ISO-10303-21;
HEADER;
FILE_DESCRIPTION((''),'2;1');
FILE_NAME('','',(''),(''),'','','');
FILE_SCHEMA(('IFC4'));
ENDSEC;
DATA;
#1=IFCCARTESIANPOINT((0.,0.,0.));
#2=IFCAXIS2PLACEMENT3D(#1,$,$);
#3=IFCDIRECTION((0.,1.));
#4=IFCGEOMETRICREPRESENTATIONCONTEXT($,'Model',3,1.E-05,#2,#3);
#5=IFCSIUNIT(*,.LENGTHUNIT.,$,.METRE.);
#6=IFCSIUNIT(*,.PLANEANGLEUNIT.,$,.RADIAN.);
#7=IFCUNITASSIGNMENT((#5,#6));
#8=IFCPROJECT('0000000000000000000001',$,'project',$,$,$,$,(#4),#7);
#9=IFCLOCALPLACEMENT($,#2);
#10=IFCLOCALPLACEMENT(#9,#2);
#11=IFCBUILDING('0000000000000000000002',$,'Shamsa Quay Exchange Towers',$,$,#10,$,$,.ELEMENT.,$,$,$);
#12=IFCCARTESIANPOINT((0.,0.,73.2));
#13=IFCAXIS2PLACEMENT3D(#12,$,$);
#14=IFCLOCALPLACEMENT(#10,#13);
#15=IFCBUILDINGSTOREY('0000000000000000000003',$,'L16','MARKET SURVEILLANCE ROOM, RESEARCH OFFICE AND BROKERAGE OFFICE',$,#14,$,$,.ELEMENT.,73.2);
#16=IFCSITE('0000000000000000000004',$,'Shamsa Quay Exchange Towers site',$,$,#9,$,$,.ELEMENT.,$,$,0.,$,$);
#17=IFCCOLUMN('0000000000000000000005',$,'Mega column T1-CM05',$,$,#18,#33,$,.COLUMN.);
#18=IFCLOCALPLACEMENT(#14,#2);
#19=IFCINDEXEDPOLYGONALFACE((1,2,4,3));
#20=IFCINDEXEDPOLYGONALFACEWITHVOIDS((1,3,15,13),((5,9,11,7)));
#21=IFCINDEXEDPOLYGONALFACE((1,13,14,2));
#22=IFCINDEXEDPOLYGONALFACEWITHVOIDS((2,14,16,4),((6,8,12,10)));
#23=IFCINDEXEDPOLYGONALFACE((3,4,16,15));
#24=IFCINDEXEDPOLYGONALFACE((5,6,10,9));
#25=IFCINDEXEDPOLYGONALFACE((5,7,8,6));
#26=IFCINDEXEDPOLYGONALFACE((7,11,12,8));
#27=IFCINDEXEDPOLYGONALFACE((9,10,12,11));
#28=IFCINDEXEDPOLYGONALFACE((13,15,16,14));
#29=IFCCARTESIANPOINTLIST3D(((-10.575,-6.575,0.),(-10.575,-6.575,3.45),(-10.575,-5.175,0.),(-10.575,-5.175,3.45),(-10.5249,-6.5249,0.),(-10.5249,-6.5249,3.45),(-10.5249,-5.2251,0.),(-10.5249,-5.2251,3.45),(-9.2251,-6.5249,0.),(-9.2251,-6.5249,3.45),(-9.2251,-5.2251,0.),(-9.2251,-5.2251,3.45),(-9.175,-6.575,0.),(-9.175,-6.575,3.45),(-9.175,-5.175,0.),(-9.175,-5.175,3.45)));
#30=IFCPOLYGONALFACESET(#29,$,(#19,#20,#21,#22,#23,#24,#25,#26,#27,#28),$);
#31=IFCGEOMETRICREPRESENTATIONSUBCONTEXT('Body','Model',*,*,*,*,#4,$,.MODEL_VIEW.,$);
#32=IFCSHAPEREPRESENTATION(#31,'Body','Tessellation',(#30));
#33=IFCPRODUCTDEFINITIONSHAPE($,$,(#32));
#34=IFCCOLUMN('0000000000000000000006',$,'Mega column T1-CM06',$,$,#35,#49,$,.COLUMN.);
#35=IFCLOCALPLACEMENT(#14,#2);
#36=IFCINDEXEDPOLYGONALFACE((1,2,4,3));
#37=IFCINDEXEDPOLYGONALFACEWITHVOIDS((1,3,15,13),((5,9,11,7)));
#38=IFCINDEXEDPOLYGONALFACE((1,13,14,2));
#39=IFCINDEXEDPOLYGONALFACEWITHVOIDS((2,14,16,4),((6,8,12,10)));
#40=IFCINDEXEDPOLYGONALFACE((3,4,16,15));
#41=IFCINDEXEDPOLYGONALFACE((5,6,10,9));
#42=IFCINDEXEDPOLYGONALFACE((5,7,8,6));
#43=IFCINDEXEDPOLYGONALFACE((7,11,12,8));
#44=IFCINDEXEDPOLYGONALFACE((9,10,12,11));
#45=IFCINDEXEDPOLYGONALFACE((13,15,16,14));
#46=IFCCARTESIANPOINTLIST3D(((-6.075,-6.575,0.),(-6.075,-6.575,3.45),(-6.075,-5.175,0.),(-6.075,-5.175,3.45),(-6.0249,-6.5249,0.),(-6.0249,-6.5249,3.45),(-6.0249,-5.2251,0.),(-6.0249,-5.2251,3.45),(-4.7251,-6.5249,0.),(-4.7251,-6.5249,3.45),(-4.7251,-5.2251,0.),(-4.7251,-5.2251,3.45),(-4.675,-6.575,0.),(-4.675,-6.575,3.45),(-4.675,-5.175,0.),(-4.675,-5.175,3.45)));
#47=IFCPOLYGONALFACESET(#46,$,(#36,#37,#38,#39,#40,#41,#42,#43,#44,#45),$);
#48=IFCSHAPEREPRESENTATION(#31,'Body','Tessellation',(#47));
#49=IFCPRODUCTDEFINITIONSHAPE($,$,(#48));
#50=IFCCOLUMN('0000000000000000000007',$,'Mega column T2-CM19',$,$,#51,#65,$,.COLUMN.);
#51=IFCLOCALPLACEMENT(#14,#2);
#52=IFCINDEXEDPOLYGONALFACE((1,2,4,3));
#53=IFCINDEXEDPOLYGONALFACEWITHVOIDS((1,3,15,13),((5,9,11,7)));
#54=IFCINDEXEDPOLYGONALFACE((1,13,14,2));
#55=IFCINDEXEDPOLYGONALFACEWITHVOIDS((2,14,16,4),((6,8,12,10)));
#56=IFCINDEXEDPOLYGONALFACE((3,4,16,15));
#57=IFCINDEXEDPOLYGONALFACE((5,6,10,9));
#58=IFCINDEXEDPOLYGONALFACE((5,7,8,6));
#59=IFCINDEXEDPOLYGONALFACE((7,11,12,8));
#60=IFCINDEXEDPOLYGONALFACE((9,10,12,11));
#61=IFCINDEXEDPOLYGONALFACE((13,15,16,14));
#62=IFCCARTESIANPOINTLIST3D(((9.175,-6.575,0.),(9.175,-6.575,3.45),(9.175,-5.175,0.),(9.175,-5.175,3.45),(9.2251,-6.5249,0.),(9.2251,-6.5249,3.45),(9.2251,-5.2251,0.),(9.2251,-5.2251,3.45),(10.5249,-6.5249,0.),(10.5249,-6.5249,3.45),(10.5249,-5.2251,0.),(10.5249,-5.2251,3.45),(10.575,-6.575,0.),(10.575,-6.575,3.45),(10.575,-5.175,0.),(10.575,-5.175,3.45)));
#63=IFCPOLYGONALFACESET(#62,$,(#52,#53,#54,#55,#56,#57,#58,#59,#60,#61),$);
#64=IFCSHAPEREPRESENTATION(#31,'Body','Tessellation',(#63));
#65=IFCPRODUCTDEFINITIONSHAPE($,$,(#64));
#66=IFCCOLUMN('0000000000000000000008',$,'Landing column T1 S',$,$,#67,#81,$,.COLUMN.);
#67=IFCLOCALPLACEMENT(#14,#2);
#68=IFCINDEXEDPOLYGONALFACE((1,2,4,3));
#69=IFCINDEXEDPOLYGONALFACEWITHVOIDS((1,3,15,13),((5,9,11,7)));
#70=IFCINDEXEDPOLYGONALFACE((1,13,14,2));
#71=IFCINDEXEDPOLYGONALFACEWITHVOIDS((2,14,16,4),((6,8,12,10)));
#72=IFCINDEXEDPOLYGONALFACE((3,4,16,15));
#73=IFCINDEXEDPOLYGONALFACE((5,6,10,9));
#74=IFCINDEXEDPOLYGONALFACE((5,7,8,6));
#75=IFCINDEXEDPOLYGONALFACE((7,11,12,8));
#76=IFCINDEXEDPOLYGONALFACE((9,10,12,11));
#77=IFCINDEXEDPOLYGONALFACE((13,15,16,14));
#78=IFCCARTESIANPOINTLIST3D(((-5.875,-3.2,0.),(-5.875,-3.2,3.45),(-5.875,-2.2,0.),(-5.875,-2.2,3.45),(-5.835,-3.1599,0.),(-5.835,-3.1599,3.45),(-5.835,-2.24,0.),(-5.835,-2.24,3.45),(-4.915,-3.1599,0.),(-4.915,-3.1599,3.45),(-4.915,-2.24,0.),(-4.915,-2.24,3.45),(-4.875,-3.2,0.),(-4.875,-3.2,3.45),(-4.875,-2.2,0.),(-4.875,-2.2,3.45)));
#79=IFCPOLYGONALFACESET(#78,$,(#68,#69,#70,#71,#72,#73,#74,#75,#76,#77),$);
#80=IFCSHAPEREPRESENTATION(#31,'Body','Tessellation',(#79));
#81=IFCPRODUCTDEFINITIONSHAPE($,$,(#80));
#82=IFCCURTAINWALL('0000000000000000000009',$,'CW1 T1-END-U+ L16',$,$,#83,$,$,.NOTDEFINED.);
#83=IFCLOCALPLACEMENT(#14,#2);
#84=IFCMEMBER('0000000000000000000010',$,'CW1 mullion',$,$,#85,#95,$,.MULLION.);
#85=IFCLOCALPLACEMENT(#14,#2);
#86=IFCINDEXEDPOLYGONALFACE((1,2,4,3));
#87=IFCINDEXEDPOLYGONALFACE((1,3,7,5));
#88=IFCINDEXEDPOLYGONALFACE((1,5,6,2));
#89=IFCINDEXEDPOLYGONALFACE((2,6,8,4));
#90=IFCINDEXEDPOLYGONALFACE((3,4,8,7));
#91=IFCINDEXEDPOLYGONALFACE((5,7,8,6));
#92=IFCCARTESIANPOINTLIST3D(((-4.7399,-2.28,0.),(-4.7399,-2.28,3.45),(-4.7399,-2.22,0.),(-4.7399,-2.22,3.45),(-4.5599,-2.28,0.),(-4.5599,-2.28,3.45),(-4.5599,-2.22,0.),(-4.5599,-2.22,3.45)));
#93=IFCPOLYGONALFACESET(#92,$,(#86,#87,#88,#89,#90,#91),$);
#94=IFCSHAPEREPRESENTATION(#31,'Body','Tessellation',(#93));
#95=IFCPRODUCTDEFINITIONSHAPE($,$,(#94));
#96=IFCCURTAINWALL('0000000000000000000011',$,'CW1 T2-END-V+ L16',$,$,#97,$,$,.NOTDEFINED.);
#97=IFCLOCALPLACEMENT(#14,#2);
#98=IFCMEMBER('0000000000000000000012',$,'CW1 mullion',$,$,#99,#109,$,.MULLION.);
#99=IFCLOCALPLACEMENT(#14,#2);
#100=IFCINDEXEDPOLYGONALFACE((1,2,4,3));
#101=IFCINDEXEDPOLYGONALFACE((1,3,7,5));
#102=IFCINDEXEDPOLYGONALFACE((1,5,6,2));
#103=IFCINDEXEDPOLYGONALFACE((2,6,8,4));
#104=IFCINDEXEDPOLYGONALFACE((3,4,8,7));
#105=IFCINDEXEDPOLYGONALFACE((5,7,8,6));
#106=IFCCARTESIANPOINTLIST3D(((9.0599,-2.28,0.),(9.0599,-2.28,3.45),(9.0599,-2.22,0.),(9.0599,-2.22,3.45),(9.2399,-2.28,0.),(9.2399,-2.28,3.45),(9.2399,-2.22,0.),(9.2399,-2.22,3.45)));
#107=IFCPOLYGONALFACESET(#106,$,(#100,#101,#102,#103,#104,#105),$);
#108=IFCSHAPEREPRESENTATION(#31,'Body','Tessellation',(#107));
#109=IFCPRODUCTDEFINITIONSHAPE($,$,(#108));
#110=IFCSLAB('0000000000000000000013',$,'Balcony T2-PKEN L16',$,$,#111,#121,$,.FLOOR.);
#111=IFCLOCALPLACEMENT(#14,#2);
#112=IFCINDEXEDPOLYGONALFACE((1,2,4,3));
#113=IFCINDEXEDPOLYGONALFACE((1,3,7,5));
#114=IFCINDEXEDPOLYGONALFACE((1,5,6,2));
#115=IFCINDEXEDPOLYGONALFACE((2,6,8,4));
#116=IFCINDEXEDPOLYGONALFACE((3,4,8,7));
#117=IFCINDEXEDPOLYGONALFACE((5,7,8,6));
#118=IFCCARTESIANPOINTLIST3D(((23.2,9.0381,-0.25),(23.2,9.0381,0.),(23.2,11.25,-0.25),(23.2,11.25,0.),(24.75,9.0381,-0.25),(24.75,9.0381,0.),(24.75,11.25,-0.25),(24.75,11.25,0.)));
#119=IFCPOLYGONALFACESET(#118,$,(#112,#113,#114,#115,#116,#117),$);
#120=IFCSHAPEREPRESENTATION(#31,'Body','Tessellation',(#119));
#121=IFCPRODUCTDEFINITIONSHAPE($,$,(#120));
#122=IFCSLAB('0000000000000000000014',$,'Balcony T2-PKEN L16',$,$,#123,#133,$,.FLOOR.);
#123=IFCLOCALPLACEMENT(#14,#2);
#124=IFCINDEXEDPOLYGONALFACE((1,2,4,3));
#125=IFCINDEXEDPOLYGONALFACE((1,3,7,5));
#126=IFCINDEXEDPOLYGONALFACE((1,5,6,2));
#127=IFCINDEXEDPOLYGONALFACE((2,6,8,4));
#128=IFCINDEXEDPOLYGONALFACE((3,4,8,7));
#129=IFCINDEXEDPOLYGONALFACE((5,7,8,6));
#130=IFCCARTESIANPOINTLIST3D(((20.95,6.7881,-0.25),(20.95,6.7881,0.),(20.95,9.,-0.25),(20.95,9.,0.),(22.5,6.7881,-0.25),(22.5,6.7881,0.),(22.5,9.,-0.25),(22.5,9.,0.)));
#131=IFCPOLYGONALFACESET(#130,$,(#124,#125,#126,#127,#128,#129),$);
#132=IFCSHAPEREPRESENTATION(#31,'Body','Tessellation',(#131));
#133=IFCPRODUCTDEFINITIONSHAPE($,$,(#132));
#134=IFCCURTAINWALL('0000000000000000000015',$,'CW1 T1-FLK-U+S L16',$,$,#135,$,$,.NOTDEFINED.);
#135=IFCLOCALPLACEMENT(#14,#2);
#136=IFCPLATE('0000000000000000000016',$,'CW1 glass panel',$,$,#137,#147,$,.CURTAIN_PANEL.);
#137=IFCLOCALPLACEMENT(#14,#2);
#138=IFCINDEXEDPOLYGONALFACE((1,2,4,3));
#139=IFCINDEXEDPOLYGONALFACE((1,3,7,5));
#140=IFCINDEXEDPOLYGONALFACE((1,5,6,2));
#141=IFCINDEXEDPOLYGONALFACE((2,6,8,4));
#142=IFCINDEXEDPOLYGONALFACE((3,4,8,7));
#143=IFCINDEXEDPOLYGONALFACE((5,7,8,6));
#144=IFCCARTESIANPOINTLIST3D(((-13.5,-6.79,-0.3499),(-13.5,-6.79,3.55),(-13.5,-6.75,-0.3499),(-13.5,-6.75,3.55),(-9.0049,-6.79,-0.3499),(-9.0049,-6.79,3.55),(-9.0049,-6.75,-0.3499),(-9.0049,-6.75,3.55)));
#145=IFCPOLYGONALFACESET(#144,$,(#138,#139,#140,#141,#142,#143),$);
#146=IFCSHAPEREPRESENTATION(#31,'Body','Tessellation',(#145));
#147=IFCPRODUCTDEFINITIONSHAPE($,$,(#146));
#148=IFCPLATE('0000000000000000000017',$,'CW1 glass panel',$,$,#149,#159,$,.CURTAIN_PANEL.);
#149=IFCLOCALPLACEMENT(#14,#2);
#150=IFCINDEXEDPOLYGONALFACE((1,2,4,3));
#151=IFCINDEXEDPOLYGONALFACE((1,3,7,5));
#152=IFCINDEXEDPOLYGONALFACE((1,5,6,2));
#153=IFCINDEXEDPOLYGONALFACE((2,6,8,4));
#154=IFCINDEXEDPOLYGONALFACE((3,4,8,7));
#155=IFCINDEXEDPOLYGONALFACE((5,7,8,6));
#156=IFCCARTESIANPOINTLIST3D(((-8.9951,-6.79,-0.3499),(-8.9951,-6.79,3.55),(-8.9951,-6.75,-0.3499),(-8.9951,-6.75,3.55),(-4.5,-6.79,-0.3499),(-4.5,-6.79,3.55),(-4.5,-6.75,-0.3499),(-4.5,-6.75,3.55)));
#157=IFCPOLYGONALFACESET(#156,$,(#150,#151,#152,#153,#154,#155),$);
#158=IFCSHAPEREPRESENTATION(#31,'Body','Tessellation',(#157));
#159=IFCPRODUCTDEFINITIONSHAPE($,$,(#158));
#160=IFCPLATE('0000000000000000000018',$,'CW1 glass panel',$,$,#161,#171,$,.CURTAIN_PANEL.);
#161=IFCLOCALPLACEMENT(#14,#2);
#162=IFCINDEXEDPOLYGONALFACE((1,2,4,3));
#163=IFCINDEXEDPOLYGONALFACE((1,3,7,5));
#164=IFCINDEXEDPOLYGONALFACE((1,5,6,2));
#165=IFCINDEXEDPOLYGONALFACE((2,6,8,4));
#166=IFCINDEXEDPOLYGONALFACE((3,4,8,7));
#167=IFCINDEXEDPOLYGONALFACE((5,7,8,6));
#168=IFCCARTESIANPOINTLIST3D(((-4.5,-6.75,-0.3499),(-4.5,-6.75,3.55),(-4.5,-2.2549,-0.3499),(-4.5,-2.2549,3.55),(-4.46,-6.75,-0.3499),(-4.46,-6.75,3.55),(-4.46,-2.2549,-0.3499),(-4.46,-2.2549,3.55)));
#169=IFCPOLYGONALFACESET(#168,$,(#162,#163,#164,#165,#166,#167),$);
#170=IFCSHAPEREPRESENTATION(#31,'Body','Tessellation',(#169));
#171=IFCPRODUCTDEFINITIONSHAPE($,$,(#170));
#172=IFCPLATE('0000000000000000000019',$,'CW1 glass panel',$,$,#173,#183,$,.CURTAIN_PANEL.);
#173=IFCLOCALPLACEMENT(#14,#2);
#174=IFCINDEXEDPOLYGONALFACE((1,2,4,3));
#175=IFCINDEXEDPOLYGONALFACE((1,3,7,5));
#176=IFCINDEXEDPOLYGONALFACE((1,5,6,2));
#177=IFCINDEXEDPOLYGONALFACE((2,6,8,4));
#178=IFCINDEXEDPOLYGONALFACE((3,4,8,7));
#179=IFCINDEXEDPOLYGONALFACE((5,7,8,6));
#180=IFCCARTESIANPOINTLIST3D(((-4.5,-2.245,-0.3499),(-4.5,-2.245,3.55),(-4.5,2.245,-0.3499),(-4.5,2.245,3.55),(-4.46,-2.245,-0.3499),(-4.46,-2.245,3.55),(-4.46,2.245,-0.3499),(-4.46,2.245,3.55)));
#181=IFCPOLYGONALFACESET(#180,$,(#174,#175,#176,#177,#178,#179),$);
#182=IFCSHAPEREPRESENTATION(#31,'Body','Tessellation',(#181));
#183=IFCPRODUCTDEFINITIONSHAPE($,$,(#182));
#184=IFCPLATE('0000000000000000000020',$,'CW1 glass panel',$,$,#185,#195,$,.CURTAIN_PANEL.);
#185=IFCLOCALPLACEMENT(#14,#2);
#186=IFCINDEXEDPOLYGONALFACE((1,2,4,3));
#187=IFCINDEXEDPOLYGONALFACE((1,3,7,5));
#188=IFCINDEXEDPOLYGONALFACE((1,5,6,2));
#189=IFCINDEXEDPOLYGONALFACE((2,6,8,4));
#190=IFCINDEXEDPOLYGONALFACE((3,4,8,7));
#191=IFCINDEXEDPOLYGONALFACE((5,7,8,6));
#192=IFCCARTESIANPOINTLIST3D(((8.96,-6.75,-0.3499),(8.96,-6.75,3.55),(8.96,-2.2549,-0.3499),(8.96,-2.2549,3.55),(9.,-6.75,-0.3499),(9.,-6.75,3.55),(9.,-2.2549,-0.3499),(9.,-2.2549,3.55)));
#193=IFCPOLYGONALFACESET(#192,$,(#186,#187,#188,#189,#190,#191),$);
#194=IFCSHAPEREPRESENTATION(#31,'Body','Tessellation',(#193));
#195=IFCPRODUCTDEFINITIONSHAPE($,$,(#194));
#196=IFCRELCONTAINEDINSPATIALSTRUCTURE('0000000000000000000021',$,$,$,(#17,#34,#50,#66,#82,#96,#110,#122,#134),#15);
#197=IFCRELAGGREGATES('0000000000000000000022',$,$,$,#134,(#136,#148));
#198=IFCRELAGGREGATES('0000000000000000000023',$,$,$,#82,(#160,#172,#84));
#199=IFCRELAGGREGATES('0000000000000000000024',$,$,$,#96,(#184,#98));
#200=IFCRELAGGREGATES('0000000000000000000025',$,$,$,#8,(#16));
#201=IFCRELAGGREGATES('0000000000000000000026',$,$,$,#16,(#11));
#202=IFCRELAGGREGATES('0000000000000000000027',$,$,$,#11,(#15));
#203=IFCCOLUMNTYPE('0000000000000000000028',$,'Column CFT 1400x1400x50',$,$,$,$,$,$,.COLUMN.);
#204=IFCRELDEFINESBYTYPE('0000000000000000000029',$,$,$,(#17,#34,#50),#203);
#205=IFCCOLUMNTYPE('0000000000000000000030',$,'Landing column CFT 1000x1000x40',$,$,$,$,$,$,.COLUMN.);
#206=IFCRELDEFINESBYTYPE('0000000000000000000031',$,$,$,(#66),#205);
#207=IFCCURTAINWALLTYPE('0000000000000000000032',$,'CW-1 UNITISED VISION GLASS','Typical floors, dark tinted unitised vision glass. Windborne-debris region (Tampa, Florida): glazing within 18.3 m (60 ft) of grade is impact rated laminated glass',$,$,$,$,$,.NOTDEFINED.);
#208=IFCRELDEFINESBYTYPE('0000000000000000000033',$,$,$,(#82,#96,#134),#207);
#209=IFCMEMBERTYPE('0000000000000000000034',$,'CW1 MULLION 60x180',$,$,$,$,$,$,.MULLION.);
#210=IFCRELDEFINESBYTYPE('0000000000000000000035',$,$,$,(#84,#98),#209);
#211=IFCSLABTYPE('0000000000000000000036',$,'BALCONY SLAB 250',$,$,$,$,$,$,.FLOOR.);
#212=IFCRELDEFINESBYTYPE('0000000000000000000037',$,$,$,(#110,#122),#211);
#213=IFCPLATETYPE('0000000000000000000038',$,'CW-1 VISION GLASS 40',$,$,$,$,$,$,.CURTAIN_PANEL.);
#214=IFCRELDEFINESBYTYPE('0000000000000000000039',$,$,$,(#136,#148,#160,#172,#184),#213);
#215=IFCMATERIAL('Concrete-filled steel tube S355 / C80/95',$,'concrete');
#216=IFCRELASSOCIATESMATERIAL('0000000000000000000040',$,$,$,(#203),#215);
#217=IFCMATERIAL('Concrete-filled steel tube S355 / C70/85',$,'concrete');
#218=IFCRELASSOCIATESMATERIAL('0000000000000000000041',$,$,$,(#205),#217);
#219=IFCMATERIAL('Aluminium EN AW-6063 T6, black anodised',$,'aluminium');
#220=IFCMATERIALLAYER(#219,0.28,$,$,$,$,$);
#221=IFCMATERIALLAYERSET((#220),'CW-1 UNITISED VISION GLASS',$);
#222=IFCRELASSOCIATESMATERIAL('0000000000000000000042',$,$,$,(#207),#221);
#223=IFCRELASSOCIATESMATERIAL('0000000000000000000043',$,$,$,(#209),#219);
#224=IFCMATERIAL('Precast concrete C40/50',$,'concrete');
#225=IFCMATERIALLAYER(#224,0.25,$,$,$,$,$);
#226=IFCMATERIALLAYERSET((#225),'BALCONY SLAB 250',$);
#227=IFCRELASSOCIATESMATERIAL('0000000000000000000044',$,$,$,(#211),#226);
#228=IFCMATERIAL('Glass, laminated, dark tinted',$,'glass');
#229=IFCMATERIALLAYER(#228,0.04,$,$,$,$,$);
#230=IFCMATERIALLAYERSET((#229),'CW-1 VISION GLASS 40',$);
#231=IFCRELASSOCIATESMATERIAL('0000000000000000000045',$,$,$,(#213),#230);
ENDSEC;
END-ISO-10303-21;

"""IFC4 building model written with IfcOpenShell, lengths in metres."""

from ifc_helpers import new_model, si_unit, direction, frame, origin, origin_2d, place, context, subcontext, project, spatial, polyline, rectangle, hollow_rectangle, outline, extrude, material, layer, layer_set, material_profile, profile_set, type_object, element, aggregate, save


model = new_model("IFC4")

# Units and contexts
model_context = context("Model", 3, precision=1e-05, world=origin(), true_north=direction((0.0, 1.0)))
body_context = subcontext(model_context, "Body", "Model", "MODEL_VIEW")
ifc_project = project(units=[si_unit("LENGTHUNIT", "METRE"), si_unit("PLANEANGLEUNIT", "RADIAN")], contexts=[model_context])

# Site, building, storey
site_placement = place(None, origin())
site = spatial("IfcSite", under=ifc_project, at=site_placement, Name="Shamsa Quay Exchange Towers site", CompositionType="ELEMENT", RefElevation=0.0)
building_placement = place(site_placement, origin())
building = spatial("IfcBuilding", under=site, at=building_placement, Name="Shamsa Quay Exchange Towers", CompositionType="ELEMENT")
storey_placement = place(building_placement, frame((0.0, 0.0, 73.2)))
storey = spatial("IfcBuildingStorey", under=building, at=storey_placement, Name="L16", Description="MARKET SURVEILLANCE ROOM, RESEARCH OFFICE AND BROKERAGE OFFICE", CompositionType="ELEMENT", Elevation=73.2)

# Columns
ifc_material_1 = material(Name="Concrete-filled steel tube S355 / C80/95", Category="concrete")
ifc_material_profile_1 = material_profile(ifc_material_1, hollow_rectangle(XDim=1.3999, YDim=1.3999, WallThickness=0.05, at=origin_2d()), Name="CFT 1400x1400x50")
ifc_profile_set_1 = profile_set([ifc_material_profile_1], Name="Concrete-filled steel tube S355 / C80/95")
column_type_1 = type_object("IfcColumnType", Name="Column CFT 1400x1400x50", PredefinedType="COLUMN", material=ifc_profile_set_1)
for number, where, name in (
    (1, (-9.875, -5.875, 0.0), "Mega column T1-CM05"),
    (2, (-5.375, -5.875, 0.0), "Mega column T1-CM06"),
    (3, (9.875, -5.875, 0.0), "Mega column T2-CM19"),
):
    element("IfcColumn", number, at=place(storey_placement, frame(where)), inside=storey, type_object=column_type_1, Name=name, PredefinedType="COLUMN", context=body_context, shape_type="SweptSolid", body=[
        extrude(hollow_rectangle(XDim=1.3999, YDim=1.3999, WallThickness=0.05, at=origin_2d()), origin(), (0.0, 0.0, 1.0), 3.45),
    ])
ifc_material_2 = material(Name="Concrete-filled steel tube S355 / C70/85", Category="concrete")
ifc_material_profile_2 = material_profile(ifc_material_2, hollow_rectangle(XDim=1.0, YDim=1.0, WallThickness=0.04, at=origin_2d()), Name="CFT 1000x1000x40")
ifc_profile_set_2 = profile_set([ifc_material_profile_2], Name="Concrete-filled steel tube S355 / C70/85")
column_type_2 = type_object("IfcColumnType", Name="Landing column CFT 1000x1000x40", PredefinedType="COLUMN", material=ifc_profile_set_2)
column_placement = place(storey_placement, frame((-5.375, -2.7, 0.0)))
element("IfcColumn", 4, at=column_placement, inside=storey, type_object=column_type_2, Name="Landing column T1 S", PredefinedType="COLUMN", context=body_context, shape_type="SweptSolid", body=[
    extrude(hollow_rectangle(XDim=1.0, YDim=1.0, WallThickness=0.04, at=origin_2d()), origin(), (0.0, 0.0, 1.0), 3.45),
])

# Curtain walls, members
ifc_material_3 = material(Name="Aluminium EN AW-6063 T6, black anodised", Category="aluminium")
ifc_layer_1 = layer(ifc_material_3, 0.28)
ifc_layer_set_1 = layer_set([ifc_layer_1], Name="CW-1 UNITISED VISION GLASS")
curtain_wall_type_1 = type_object("IfcCurtainWallType", Name="CW-1 UNITISED VISION GLASS", Description="Typical floors, dark tinted unitised vision glass. Windborne-debris region (Tampa, Florida): glazing within 18.3 m (60 ft) of grade is impact rated laminated glass", PredefinedType="NOTDEFINED", material=ifc_layer_set_1)
curtain_wall_1_placement = place(storey_placement, origin())
curtain_wall_1 = element("IfcCurtainWall", 5, at=curtain_wall_1_placement, inside=storey, type_object=curtain_wall_type_1, Name="CW1 T1-END-U+ L16", PredefinedType="NOTDEFINED")
ifc_material_profile_3 = material_profile(ifc_material_3, rectangle(XDim=0.1799, YDim=0.0601, at=origin_2d()), Name="MU60x180")
ifc_profile_set_3 = profile_set([ifc_material_profile_3], Name="Aluminium EN AW-6063 T6, black anodised")
member_type = type_object("IfcMemberType", Name="CW1 MULLION 60x180", PredefinedType="MULLION", material=ifc_profile_set_3)
member_1_placement = place(storey_placement, frame((-4.6499, -2.25, 0.0), z_axis=(0.0, 0.0, 1.0), x_axis=(-1.0, 0.0, 0.0)))
member_1 = element("IfcMember", 6, at=member_1_placement, type_object=member_type, Name="CW1 mullion", PredefinedType="MULLION", context=body_context, shape_type="SweptSolid", body=[
    extrude(rectangle(XDim=0.1799, YDim=0.0601, at=origin_2d()), origin(), (0.0, 0.0, 1.0), 3.45),
])
curtain_wall_2_placement = place(storey_placement, origin())
curtain_wall_2 = element("IfcCurtainWall", 7, at=curtain_wall_2_placement, inside=storey, type_object=curtain_wall_type_1, Name="CW1 T2-END-V+ L16", PredefinedType="NOTDEFINED")
member_2_placement = place(storey_placement, frame((9.1499, -2.25, 0.0)))
member_2 = element("IfcMember", 8, at=member_2_placement, type_object=member_type, Name="CW1 mullion", PredefinedType="MULLION", context=body_context, shape_type="SweptSolid", body=[
    extrude(rectangle(XDim=0.1799, YDim=0.0601, at=origin_2d()), origin(), (0.0, 0.0, 1.0), 3.45),
])

# Slabs
ifc_material_4 = material(Name="Precast concrete C40/50", Category="concrete")
ifc_layer_2 = layer(ifc_material_4, 0.25)
ifc_layer_set_2 = layer_set([ifc_layer_2], Name="BALCONY SLAB 250")
slab_type_1 = type_object("IfcSlabType", Name="BALCONY SLAB 250", PredefinedType="FLOOR", material=ifc_layer_set_2)
slab_1_placement = place(storey_placement, frame((0.0, 0.0, -0.25)))
element("IfcSlab", 9, at=slab_1_placement, inside=storey, type_object=slab_type_1, Name="Balcony T2-PKEN L16", PredefinedType="FLOOR", context=body_context, shape_type="SweptSolid", body=[
    extrude(outline(polyline([(24.75, 11.25), (24.75, 9.0381), (23.2, 9.0381), (23.2, 11.25), (24.75, 11.25)])), origin(), (0.0, 0.0, 1.0), 0.25),
])
slab_2_placement = place(storey_placement, frame((0.0, 0.0, -0.25)))
element("IfcSlab", 10, at=slab_2_placement, inside=storey, type_object=slab_type_1, Name="Balcony T2-PKEN L16", PredefinedType="FLOOR", context=body_context, shape_type="SweptSolid", body=[
    extrude(outline(polyline([(22.5, 9.0), (22.5, 6.7881), (20.95, 6.7881), (20.95, 9.0), (22.5, 9.0)])), origin(), (0.0, 0.0, 1.0), 0.25),
])

# Curtain wall, plates
curtain_wall_3_placement = place(storey_placement, origin())
curtain_wall_3 = element("IfcCurtainWall", 11, at=curtain_wall_3_placement, inside=storey, type_object=curtain_wall_type_1, Name="CW1 T1-FLK-U+S L16", PredefinedType="NOTDEFINED")
ifc_material_5 = material(Name="Glass, laminated, dark tinted", Category="glass")
ifc_layer_3 = layer(ifc_material_5, 0.04)
ifc_layer_set_3 = layer_set([ifc_layer_3], Name="CW-1 VISION GLASS 40")
plate_type_1 = type_object("IfcPlateType", Name="CW-1 VISION GLASS 40", PredefinedType="CURTAIN_PANEL", material=ifc_layer_set_3)
plate_1_placement = place(storey_placement, frame((-11.2524, -6.77, -0.3499)))
plate_1 = element("IfcPlate", 12, at=plate_1_placement, type_object=plate_type_1, Name="CW1 glass panel", PredefinedType="CURTAIN_PANEL", context=body_context, shape_type="SweptSolid", body=[
    extrude(rectangle(XDim=4.4951, YDim=0.04, at=origin_2d()), origin(), (0.0, 0.0, 1.0), 3.8999),
])
plate_2_placement = place(storey_placement, frame((-6.7476, -6.77, -0.3499)))
plate_2 = element("IfcPlate", 13, at=plate_2_placement, type_object=plate_type_1, Name="CW1 glass panel", PredefinedType="CURTAIN_PANEL", context=body_context, shape_type="SweptSolid", body=[
    extrude(rectangle(XDim=4.4951, YDim=0.04, at=origin_2d()), origin(), (0.0, 0.0, 1.0), 3.8999),
])
aggregate(curtain_wall_3, [plate_1, plate_2])

# Plates
plate_3_placement = place(storey_placement, frame((-4.48, -4.5024, -0.3499), z_axis=(0.0, 0.0, 1.0), x_axis=(0.0, 1.0, 0.0)))
plate_3 = element("IfcPlate", 14, at=plate_3_placement, type_object=plate_type_1, Name="CW1 glass panel", PredefinedType="CURTAIN_PANEL", context=body_context, shape_type="SweptSolid", body=[
    extrude(rectangle(XDim=4.4951, YDim=0.04, at=origin_2d()), origin(), (0.0, 0.0, 1.0), 3.8999),
])
plate_4_placement = place(storey_placement, frame((-4.48, 0.0, -0.3499), z_axis=(0.0, 0.0, 1.0), x_axis=(0.0, 1.0, 0.0)))
plate_4 = element("IfcPlate", 15, at=plate_4_placement, type_object=plate_type_1, Name="CW1 glass panel", PredefinedType="CURTAIN_PANEL", context=body_context, shape_type="SweptSolid", body=[
    extrude(rectangle(XDim=4.49, YDim=0.04, at=origin_2d()), origin(), (0.0, 0.0, 1.0), 3.8999),
])
aggregate(curtain_wall_1, [plate_3, plate_4, member_1])
plate_5_placement = place(storey_placement, frame((8.98, -4.5024, -0.3499), z_axis=(0.0, 0.0, 1.0), x_axis=(0.0, -1.0, 0.0)))
plate_5 = element("IfcPlate", 16, at=plate_5_placement, type_object=plate_type_1, Name="CW1 glass panel", PredefinedType="CURTAIN_PANEL", context=body_context, shape_type="SweptSolid", body=[
    extrude(rectangle(XDim=4.4951, YDim=0.04, at=origin_2d()), origin(), (0.0, 0.0, 1.0), 3.8999),
])
aggregate(curtain_wall_2, [plate_5, member_2])

save(model, "model.ifc")
